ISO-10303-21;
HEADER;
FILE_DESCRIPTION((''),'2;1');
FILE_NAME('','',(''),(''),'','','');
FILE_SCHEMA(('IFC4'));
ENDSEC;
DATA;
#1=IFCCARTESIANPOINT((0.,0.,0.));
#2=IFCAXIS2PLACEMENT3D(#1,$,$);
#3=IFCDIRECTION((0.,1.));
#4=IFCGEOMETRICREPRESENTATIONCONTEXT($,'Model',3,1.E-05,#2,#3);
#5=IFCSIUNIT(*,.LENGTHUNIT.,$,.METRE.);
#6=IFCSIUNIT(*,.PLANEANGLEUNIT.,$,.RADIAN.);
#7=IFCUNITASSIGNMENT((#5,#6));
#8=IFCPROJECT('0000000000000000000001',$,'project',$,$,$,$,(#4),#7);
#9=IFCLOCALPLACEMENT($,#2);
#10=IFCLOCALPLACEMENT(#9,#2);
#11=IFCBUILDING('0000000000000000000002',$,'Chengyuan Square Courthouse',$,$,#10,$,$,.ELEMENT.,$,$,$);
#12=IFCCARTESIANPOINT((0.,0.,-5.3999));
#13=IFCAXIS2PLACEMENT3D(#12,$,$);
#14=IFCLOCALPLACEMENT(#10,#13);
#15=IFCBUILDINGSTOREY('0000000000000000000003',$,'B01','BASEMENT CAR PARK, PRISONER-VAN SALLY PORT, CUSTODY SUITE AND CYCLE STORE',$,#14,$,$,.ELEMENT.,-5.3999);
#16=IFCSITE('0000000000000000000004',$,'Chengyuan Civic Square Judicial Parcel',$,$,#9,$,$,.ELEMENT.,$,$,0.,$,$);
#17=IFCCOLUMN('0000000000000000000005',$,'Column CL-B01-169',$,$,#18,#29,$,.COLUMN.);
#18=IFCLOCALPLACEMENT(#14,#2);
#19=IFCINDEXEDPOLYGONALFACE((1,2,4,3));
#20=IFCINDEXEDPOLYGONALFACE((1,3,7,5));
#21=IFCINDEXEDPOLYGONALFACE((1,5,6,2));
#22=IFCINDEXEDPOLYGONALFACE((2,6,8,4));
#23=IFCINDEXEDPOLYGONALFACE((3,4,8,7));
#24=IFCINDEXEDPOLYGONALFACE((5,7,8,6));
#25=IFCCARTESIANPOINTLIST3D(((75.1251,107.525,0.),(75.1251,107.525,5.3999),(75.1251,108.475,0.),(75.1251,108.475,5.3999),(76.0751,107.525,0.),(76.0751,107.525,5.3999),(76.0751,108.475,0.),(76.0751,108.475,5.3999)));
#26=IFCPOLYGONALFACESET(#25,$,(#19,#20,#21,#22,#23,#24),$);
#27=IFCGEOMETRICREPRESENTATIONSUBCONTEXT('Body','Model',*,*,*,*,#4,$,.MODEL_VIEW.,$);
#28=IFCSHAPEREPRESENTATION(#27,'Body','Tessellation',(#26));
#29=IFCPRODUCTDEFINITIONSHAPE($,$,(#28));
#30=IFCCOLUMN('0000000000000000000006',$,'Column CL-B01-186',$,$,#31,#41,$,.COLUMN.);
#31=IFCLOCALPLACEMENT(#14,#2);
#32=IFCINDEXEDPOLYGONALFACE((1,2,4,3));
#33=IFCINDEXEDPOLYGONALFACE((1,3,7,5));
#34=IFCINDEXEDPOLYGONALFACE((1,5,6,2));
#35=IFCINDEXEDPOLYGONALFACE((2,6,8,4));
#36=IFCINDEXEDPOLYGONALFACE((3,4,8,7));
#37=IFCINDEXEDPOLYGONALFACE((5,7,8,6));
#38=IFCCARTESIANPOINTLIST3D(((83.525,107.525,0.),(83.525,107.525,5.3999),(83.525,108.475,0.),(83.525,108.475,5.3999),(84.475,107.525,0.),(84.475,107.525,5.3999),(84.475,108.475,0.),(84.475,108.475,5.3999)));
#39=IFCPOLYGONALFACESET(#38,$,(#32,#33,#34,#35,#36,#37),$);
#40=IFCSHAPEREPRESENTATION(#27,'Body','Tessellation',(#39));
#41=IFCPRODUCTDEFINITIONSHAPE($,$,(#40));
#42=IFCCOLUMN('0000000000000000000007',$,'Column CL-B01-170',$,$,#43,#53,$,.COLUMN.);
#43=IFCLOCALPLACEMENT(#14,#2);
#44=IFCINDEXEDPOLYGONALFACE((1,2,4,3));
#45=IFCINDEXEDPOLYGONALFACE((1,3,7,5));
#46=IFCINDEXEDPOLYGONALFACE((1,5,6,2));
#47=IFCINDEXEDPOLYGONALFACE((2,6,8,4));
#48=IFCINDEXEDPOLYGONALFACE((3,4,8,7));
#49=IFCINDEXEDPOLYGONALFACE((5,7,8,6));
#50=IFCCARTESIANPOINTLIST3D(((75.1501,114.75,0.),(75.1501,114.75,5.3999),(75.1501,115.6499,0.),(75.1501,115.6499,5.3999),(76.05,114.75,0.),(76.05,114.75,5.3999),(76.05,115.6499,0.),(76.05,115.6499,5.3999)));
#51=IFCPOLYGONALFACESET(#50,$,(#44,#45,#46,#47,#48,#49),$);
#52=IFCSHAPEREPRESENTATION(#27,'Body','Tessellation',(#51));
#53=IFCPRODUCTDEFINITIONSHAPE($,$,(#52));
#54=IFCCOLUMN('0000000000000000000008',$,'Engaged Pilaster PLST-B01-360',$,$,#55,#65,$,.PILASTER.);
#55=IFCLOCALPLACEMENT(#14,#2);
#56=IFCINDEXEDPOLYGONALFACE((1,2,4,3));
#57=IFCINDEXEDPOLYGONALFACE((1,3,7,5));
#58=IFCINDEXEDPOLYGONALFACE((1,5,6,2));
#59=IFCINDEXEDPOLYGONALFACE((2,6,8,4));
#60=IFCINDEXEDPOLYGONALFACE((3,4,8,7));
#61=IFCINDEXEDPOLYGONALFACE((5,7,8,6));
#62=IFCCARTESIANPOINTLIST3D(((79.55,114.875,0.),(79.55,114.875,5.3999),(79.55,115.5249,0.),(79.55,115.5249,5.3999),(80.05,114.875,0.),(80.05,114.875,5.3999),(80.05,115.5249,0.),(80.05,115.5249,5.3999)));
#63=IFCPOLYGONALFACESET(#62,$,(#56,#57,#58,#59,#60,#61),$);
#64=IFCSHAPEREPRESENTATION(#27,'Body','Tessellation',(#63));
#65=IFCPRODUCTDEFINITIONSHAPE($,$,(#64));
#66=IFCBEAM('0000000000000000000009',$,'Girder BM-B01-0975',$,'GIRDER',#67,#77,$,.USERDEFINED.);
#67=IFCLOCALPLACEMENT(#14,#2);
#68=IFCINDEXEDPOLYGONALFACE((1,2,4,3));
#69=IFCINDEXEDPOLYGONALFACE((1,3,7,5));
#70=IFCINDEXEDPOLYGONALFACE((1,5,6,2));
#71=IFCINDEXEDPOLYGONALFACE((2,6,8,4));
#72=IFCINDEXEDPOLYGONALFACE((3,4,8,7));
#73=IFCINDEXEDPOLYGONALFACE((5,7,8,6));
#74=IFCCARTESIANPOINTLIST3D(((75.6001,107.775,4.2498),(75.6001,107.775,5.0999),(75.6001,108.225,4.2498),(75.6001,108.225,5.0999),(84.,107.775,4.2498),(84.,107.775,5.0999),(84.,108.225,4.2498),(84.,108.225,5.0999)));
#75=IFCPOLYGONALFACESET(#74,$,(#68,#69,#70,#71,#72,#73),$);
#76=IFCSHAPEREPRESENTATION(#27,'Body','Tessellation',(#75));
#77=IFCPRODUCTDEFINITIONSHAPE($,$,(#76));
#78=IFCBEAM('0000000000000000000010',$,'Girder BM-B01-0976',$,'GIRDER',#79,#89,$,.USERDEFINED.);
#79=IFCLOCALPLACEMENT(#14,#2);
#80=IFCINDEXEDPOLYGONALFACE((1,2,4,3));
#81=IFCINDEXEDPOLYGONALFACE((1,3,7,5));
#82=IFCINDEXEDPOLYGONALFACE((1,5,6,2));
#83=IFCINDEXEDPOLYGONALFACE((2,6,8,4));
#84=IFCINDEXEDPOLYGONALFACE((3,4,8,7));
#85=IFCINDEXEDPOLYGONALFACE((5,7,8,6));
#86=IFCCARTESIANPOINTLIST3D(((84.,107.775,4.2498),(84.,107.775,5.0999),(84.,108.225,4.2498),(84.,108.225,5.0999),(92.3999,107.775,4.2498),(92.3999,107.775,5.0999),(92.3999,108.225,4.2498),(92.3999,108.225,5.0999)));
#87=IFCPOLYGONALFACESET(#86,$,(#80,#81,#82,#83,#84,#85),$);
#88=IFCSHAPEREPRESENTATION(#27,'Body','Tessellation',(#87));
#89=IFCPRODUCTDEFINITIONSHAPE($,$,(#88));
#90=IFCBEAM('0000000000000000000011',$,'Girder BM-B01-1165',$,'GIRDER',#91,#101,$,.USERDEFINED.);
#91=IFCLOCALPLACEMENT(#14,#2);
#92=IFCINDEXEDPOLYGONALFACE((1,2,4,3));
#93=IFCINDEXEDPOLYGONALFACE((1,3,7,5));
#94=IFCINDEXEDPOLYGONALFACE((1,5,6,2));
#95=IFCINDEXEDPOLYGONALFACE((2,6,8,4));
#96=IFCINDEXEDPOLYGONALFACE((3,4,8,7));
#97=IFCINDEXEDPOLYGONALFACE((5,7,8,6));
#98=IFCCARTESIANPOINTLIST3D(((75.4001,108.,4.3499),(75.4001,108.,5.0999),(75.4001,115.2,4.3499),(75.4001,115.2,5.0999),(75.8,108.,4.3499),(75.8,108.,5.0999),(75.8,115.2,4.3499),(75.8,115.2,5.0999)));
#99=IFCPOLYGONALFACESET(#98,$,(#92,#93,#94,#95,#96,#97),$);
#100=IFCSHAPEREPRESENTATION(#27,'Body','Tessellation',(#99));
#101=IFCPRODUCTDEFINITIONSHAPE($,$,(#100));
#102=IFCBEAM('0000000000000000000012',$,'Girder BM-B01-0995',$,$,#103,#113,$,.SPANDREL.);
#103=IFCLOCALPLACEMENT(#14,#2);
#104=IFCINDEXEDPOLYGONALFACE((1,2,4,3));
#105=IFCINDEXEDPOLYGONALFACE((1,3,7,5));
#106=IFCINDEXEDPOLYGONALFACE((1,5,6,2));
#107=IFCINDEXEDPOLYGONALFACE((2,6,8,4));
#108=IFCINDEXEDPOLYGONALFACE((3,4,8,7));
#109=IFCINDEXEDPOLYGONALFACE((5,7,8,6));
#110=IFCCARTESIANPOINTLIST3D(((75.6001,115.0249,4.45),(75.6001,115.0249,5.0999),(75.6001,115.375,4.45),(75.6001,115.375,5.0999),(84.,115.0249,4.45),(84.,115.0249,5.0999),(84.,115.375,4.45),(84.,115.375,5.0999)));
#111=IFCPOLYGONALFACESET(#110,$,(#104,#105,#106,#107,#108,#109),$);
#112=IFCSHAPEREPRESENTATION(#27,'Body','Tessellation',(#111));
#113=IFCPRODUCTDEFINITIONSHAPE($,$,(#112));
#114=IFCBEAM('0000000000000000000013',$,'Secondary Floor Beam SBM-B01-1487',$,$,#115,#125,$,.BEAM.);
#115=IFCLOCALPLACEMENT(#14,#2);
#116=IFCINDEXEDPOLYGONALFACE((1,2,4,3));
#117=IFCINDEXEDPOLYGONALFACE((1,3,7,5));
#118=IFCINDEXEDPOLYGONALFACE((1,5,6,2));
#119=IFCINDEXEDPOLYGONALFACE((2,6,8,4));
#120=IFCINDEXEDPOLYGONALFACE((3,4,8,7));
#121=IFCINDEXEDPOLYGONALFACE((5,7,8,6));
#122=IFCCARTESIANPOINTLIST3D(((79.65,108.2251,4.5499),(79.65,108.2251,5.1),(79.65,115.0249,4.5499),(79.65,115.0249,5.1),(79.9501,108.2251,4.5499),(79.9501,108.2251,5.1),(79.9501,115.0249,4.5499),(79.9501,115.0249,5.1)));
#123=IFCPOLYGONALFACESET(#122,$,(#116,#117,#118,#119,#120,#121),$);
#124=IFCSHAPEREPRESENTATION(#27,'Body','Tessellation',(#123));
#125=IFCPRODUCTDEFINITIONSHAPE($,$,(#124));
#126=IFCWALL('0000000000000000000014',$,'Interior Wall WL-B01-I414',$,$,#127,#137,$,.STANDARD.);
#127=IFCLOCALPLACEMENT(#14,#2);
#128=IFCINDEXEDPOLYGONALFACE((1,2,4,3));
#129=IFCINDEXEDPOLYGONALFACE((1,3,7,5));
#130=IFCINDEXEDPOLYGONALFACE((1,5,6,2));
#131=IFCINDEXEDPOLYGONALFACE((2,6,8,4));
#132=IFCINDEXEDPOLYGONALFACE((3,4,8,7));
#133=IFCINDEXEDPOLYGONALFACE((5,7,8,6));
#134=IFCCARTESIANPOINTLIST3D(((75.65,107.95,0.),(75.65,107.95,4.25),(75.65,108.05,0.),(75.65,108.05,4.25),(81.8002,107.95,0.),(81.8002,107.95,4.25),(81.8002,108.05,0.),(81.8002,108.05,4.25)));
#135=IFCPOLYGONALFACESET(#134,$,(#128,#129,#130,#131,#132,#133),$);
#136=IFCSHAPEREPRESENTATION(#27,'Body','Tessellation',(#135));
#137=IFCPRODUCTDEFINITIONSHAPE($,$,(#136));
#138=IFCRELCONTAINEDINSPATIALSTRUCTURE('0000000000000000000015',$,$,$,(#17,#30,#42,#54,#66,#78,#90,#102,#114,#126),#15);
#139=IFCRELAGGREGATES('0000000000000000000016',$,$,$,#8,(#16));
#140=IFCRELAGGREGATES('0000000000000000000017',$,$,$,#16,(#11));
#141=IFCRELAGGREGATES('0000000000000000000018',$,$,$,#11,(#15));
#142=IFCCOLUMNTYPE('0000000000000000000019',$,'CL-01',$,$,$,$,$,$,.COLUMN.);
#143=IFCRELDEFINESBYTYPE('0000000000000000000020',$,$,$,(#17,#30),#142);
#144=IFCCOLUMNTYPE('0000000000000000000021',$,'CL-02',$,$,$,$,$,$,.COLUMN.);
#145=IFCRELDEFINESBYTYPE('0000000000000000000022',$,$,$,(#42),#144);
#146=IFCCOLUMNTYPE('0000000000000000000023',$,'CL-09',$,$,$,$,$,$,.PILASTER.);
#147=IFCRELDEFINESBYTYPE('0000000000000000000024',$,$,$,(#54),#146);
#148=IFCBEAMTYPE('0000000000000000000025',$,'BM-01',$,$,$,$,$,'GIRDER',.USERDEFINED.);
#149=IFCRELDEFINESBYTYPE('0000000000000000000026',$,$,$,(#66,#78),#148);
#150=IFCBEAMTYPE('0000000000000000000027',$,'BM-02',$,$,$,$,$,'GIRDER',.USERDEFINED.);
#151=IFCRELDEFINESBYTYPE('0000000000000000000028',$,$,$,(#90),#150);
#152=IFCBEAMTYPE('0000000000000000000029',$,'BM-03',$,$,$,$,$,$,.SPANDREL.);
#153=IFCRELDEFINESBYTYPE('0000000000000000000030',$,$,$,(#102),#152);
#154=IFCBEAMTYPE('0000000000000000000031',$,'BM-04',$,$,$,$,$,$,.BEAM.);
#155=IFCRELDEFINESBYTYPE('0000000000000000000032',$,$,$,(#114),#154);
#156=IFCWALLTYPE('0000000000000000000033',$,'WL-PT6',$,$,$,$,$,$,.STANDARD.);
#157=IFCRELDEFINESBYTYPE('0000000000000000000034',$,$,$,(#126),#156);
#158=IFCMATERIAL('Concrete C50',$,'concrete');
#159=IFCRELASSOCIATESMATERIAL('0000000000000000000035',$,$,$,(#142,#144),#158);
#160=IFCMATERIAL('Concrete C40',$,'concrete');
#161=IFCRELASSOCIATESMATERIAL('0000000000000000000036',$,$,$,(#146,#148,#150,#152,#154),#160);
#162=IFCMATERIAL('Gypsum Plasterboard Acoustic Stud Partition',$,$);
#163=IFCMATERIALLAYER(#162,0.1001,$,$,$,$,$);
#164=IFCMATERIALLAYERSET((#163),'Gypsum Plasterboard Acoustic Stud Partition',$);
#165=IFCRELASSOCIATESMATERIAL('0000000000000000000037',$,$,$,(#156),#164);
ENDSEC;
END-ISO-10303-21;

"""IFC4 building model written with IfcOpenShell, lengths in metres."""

from ifc_helpers import new_model, si_unit, direction, frame, frame_2d, origin, origin_2d, place, context, subcontext, project, spatial, rectangle, extrude, material, layer, layer_set, material_profile, profile_set, type_object, element, save


model = new_model("IFC4")

# Units and contexts
model_context = context("Model", 3, precision=1e-05, world=origin(), true_north=direction((0.0, 1.0)))
body_context = subcontext(model_context, "Body", "Model", "MODEL_VIEW")
ifc_project = project(units=[si_unit("LENGTHUNIT", "METRE"), si_unit("PLANEANGLEUNIT", "RADIAN")], contexts=[model_context])

# Site, building, storey
site_placement = place(None, origin())
site = spatial("IfcSite", under=ifc_project, at=site_placement, Name="Chengyuan Civic Square Judicial Parcel", CompositionType="ELEMENT", RefElevation=0.0)
building_placement = place(site_placement, origin())
building = spatial("IfcBuilding", under=site, at=building_placement, Name="Chengyuan Square Courthouse", CompositionType="ELEMENT")
storey_placement = place(building_placement, frame((0.0, 0.0, -5.3999)))
storey = spatial("IfcBuildingStorey", under=building, at=storey_placement, Name="B01", Description="BASEMENT CAR PARK, PRISONER-VAN SALLY PORT, CUSTODY SUITE AND CYCLE STORE", CompositionType="ELEMENT", Elevation=-5.3999)

# Columns
ifc_material_1 = material(Name="Concrete C50", Category="concrete")
ifc_material_profile_1 = material_profile(ifc_material_1, rectangle(XDim=0.95, YDim=0.95, at=origin_2d()), Name="RC-COL-950x950")
ifc_profile_set_1 = profile_set([ifc_material_profile_1], Name="Concrete C50")
column_type_1 = type_object("IfcColumnType", Name="CL-01", PredefinedType="COLUMN", material=ifc_profile_set_1)
for number, where, z_axis, x_axis, name in (
    (1, (75.6001, 108.0, 0.0), (0.0, 0.0, 1.0), (1.0, 0.0, 0.0), "Column CL-B01-169"),
    (2, (84.0, 108.0, 0.0), (0.0, 0.0, 1.0), (1.0, 0.0, 0.0), "Column CL-B01-186"),
):
    element("IfcColumn", number, at=place(storey_placement, frame(where, z_axis=z_axis, x_axis=x_axis)), inside=storey, type_object=column_type_1, Name=name, PredefinedType="COLUMN", context=body_context, shape_type="SweptSolid", body=[
        extrude(rectangle(XDim=0.95, YDim=0.95, at=origin_2d()), origin(), (0.0, 0.0, 1.0), 5.3999),
    ])
ifc_material_profile_2 = material_profile(ifc_material_1, rectangle(XDim=0.8999, YDim=0.8999, at=origin_2d()), Name="RC-COL-900x900")
ifc_profile_set_2 = profile_set([ifc_material_profile_2], Name="Concrete C50")
column_type_2 = type_object("IfcColumnType", Name="CL-02", PredefinedType="COLUMN", material=ifc_profile_set_2)
column_1_placement = place(storey_placement, frame((75.6001, 115.2, 0.0), z_axis=(0.0, 0.0, 1.0), x_axis=(1.0, 0.0, 0.0)))
element("IfcColumn", 3, at=column_1_placement, inside=storey, type_object=column_type_2, Name="Column CL-B01-170", PredefinedType="COLUMN", context=body_context, shape_type="SweptSolid", body=[
    extrude(rectangle(XDim=0.8999, YDim=0.8999, at=origin_2d()), origin(), (0.0, 0.0, 1.0), 5.3999),
])
ifc_material_2 = material(Name="Concrete C40", Category="concrete")
ifc_material_profile_3 = material_profile(ifc_material_2, rectangle(XDim=0.5, YDim=0.6499, at=origin_2d()), Name="RC-PIL-500x650")
ifc_profile_set_3 = profile_set([ifc_material_profile_3], Name="Concrete C40")
column_type_3 = type_object("IfcColumnType", Name="CL-09", PredefinedType="PILASTER", material=ifc_profile_set_3)
column_2_placement = place(storey_placement, frame((79.8, 115.2, 0.0), z_axis=(0.0, 0.0, 1.0), x_axis=(1.0, 0.0, 0.0)))
element("IfcColumn", 4, at=column_2_placement, inside=storey, type_object=column_type_3, Name="Engaged Pilaster PLST-B01-360", PredefinedType="PILASTER", context=body_context, shape_type="SweptSolid", body=[
    extrude(rectangle(XDim=0.5, YDim=0.6499, at=origin_2d()), origin(), (0.0, 0.0, 1.0), 5.3999),
])

# Beams
ifc_material_profile_4 = material_profile(ifc_material_2, rectangle(XDim=0.45, YDim=0.8501, at=origin_2d()), Name="RC-BM-450x850")
ifc_profile_set_4 = profile_set([ifc_material_profile_4], Name="Concrete C40")
beam_type_1 = type_object("IfcBeamType", Name="BM-01", ElementType="GIRDER", PredefinedType="USERDEFINED", material=ifc_profile_set_4)
for number, where, z_axis, x_axis, name in (
    (5, (75.6001, 108.0, 4.6748), (1.0, 0.0, 0.0), (0.0, 1.0, 0.0), "Girder BM-B01-0975"),
    (6, (84.0, 108.0, 4.6748), (1.0, 0.0, 0.0), (0.0, 1.0, 0.0), "Girder BM-B01-0976"),
):
    element("IfcBeam", number, at=place(storey_placement, frame(where, z_axis=z_axis, x_axis=x_axis)), inside=storey, type_object=beam_type_1, Name=name, ObjectType="GIRDER", PredefinedType="USERDEFINED", context=body_context, shape_type="SweptSolid", body=[
        extrude(rectangle(XDim=0.45, YDim=0.8501, at=origin_2d()), origin(), (0.0, 0.0, 1.0), 8.3999),
    ])
ifc_material_profile_5 = material_profile(ifc_material_2, rectangle(XDim=0.3999, YDim=0.75, at=origin_2d()), Name="RC-BM-400x750")
ifc_profile_set_5 = profile_set([ifc_material_profile_5], Name="Concrete C40")
beam_type_2 = type_object("IfcBeamType", Name="BM-02", ElementType="GIRDER", PredefinedType="USERDEFINED", material=ifc_profile_set_5)
beam_1_placement = place(storey_placement, frame((75.6001, 108.0, 4.7249), z_axis=(0.0, 1.0, 0.0), x_axis=(-1.0, 0.0, 0.0)))
element("IfcBeam", 7, at=beam_1_placement, inside=storey, type_object=beam_type_2, Name="Girder BM-B01-1165", ObjectType="GIRDER", PredefinedType="USERDEFINED", context=body_context, shape_type="SweptSolid", body=[
    extrude(rectangle(XDim=0.3999, YDim=0.75, at=origin_2d()), origin(), (0.0, 0.0, 1.0), 7.2),
])
ifc_material_profile_6 = material_profile(ifc_material_2, rectangle(XDim=0.3501, YDim=0.6499, at=origin_2d()), Name="RC-BM-350x650")
ifc_profile_set_6 = profile_set([ifc_material_profile_6], Name="Concrete C40")
beam_type_3 = type_object("IfcBeamType", Name="BM-03", PredefinedType="SPANDREL", material=ifc_profile_set_6)
beam_2_placement = place(storey_placement, frame((75.6001, 115.2, 4.7749), z_axis=(1.0, 0.0, 0.0), x_axis=(0.0, 1.0, 0.0)))
element("IfcBeam", 8, at=beam_2_placement, inside=storey, type_object=beam_type_3, Name="Girder BM-B01-0995", PredefinedType="SPANDREL", context=body_context, shape_type="SweptSolid", body=[
    extrude(rectangle(XDim=0.3501, YDim=0.6499, at=origin_2d()), origin(), (0.0, 0.0, 1.0), 8.3999),
])
ifc_material_profile_7 = material_profile(ifc_material_2, rectangle(XDim=0.3, YDim=0.55, at=origin_2d()), Name="RC-BM-300x550")
ifc_profile_set_7 = profile_set([ifc_material_profile_7], Name="Concrete C40")
beam_type_4 = type_object("IfcBeamType", Name="BM-04", PredefinedType="BEAM", material=ifc_profile_set_7)
beam_3_placement = place(storey_placement, frame((79.8, 108.2251, 4.825), z_axis=(0.0, 1.0, 0.0), x_axis=(-1.0, 0.0, 0.0)))
element("IfcBeam", 9, at=beam_3_placement, inside=storey, type_object=beam_type_4, Name="Secondary Floor Beam SBM-B01-1487", PredefinedType="BEAM", context=body_context, shape_type="SweptSolid", body=[
    extrude(rectangle(XDim=0.3, YDim=0.55, at=origin_2d()), origin(), (0.0, 0.0, 1.0), 6.7998),
])

# Wall
ifc_material_3 = material(Name="Gypsum Plasterboard Acoustic Stud Partition")
ifc_layer_1 = layer(ifc_material_3, 0.1001)
ifc_layer_set_1 = layer_set([ifc_layer_1], Name="Gypsum Plasterboard Acoustic Stud Partition")
wall_type_1 = type_object("IfcWallType", Name="WL-PT6", PredefinedType="STANDARD", material=ifc_layer_set_1)
wall_1_placement = place(storey_placement, frame((75.6499, 108.0, 0.0), z_axis=(0.0, 0.0, 1.0), x_axis=(1.0, 0.0, 0.0)))
element("IfcWall", 10, at=wall_1_placement, inside=storey, type_object=wall_type_1, Name="Interior Wall WL-B01-I414", PredefinedType="STANDARD", context=body_context, shape_type="SweptSolid", body=[
    extrude(rectangle(XDim=6.1501, YDim=0.1001, at=frame_2d((3.0752, 0.0))), origin(), (0.0, 0.0, 1.0), 4.25),
])

save(model, "model.ifc")
